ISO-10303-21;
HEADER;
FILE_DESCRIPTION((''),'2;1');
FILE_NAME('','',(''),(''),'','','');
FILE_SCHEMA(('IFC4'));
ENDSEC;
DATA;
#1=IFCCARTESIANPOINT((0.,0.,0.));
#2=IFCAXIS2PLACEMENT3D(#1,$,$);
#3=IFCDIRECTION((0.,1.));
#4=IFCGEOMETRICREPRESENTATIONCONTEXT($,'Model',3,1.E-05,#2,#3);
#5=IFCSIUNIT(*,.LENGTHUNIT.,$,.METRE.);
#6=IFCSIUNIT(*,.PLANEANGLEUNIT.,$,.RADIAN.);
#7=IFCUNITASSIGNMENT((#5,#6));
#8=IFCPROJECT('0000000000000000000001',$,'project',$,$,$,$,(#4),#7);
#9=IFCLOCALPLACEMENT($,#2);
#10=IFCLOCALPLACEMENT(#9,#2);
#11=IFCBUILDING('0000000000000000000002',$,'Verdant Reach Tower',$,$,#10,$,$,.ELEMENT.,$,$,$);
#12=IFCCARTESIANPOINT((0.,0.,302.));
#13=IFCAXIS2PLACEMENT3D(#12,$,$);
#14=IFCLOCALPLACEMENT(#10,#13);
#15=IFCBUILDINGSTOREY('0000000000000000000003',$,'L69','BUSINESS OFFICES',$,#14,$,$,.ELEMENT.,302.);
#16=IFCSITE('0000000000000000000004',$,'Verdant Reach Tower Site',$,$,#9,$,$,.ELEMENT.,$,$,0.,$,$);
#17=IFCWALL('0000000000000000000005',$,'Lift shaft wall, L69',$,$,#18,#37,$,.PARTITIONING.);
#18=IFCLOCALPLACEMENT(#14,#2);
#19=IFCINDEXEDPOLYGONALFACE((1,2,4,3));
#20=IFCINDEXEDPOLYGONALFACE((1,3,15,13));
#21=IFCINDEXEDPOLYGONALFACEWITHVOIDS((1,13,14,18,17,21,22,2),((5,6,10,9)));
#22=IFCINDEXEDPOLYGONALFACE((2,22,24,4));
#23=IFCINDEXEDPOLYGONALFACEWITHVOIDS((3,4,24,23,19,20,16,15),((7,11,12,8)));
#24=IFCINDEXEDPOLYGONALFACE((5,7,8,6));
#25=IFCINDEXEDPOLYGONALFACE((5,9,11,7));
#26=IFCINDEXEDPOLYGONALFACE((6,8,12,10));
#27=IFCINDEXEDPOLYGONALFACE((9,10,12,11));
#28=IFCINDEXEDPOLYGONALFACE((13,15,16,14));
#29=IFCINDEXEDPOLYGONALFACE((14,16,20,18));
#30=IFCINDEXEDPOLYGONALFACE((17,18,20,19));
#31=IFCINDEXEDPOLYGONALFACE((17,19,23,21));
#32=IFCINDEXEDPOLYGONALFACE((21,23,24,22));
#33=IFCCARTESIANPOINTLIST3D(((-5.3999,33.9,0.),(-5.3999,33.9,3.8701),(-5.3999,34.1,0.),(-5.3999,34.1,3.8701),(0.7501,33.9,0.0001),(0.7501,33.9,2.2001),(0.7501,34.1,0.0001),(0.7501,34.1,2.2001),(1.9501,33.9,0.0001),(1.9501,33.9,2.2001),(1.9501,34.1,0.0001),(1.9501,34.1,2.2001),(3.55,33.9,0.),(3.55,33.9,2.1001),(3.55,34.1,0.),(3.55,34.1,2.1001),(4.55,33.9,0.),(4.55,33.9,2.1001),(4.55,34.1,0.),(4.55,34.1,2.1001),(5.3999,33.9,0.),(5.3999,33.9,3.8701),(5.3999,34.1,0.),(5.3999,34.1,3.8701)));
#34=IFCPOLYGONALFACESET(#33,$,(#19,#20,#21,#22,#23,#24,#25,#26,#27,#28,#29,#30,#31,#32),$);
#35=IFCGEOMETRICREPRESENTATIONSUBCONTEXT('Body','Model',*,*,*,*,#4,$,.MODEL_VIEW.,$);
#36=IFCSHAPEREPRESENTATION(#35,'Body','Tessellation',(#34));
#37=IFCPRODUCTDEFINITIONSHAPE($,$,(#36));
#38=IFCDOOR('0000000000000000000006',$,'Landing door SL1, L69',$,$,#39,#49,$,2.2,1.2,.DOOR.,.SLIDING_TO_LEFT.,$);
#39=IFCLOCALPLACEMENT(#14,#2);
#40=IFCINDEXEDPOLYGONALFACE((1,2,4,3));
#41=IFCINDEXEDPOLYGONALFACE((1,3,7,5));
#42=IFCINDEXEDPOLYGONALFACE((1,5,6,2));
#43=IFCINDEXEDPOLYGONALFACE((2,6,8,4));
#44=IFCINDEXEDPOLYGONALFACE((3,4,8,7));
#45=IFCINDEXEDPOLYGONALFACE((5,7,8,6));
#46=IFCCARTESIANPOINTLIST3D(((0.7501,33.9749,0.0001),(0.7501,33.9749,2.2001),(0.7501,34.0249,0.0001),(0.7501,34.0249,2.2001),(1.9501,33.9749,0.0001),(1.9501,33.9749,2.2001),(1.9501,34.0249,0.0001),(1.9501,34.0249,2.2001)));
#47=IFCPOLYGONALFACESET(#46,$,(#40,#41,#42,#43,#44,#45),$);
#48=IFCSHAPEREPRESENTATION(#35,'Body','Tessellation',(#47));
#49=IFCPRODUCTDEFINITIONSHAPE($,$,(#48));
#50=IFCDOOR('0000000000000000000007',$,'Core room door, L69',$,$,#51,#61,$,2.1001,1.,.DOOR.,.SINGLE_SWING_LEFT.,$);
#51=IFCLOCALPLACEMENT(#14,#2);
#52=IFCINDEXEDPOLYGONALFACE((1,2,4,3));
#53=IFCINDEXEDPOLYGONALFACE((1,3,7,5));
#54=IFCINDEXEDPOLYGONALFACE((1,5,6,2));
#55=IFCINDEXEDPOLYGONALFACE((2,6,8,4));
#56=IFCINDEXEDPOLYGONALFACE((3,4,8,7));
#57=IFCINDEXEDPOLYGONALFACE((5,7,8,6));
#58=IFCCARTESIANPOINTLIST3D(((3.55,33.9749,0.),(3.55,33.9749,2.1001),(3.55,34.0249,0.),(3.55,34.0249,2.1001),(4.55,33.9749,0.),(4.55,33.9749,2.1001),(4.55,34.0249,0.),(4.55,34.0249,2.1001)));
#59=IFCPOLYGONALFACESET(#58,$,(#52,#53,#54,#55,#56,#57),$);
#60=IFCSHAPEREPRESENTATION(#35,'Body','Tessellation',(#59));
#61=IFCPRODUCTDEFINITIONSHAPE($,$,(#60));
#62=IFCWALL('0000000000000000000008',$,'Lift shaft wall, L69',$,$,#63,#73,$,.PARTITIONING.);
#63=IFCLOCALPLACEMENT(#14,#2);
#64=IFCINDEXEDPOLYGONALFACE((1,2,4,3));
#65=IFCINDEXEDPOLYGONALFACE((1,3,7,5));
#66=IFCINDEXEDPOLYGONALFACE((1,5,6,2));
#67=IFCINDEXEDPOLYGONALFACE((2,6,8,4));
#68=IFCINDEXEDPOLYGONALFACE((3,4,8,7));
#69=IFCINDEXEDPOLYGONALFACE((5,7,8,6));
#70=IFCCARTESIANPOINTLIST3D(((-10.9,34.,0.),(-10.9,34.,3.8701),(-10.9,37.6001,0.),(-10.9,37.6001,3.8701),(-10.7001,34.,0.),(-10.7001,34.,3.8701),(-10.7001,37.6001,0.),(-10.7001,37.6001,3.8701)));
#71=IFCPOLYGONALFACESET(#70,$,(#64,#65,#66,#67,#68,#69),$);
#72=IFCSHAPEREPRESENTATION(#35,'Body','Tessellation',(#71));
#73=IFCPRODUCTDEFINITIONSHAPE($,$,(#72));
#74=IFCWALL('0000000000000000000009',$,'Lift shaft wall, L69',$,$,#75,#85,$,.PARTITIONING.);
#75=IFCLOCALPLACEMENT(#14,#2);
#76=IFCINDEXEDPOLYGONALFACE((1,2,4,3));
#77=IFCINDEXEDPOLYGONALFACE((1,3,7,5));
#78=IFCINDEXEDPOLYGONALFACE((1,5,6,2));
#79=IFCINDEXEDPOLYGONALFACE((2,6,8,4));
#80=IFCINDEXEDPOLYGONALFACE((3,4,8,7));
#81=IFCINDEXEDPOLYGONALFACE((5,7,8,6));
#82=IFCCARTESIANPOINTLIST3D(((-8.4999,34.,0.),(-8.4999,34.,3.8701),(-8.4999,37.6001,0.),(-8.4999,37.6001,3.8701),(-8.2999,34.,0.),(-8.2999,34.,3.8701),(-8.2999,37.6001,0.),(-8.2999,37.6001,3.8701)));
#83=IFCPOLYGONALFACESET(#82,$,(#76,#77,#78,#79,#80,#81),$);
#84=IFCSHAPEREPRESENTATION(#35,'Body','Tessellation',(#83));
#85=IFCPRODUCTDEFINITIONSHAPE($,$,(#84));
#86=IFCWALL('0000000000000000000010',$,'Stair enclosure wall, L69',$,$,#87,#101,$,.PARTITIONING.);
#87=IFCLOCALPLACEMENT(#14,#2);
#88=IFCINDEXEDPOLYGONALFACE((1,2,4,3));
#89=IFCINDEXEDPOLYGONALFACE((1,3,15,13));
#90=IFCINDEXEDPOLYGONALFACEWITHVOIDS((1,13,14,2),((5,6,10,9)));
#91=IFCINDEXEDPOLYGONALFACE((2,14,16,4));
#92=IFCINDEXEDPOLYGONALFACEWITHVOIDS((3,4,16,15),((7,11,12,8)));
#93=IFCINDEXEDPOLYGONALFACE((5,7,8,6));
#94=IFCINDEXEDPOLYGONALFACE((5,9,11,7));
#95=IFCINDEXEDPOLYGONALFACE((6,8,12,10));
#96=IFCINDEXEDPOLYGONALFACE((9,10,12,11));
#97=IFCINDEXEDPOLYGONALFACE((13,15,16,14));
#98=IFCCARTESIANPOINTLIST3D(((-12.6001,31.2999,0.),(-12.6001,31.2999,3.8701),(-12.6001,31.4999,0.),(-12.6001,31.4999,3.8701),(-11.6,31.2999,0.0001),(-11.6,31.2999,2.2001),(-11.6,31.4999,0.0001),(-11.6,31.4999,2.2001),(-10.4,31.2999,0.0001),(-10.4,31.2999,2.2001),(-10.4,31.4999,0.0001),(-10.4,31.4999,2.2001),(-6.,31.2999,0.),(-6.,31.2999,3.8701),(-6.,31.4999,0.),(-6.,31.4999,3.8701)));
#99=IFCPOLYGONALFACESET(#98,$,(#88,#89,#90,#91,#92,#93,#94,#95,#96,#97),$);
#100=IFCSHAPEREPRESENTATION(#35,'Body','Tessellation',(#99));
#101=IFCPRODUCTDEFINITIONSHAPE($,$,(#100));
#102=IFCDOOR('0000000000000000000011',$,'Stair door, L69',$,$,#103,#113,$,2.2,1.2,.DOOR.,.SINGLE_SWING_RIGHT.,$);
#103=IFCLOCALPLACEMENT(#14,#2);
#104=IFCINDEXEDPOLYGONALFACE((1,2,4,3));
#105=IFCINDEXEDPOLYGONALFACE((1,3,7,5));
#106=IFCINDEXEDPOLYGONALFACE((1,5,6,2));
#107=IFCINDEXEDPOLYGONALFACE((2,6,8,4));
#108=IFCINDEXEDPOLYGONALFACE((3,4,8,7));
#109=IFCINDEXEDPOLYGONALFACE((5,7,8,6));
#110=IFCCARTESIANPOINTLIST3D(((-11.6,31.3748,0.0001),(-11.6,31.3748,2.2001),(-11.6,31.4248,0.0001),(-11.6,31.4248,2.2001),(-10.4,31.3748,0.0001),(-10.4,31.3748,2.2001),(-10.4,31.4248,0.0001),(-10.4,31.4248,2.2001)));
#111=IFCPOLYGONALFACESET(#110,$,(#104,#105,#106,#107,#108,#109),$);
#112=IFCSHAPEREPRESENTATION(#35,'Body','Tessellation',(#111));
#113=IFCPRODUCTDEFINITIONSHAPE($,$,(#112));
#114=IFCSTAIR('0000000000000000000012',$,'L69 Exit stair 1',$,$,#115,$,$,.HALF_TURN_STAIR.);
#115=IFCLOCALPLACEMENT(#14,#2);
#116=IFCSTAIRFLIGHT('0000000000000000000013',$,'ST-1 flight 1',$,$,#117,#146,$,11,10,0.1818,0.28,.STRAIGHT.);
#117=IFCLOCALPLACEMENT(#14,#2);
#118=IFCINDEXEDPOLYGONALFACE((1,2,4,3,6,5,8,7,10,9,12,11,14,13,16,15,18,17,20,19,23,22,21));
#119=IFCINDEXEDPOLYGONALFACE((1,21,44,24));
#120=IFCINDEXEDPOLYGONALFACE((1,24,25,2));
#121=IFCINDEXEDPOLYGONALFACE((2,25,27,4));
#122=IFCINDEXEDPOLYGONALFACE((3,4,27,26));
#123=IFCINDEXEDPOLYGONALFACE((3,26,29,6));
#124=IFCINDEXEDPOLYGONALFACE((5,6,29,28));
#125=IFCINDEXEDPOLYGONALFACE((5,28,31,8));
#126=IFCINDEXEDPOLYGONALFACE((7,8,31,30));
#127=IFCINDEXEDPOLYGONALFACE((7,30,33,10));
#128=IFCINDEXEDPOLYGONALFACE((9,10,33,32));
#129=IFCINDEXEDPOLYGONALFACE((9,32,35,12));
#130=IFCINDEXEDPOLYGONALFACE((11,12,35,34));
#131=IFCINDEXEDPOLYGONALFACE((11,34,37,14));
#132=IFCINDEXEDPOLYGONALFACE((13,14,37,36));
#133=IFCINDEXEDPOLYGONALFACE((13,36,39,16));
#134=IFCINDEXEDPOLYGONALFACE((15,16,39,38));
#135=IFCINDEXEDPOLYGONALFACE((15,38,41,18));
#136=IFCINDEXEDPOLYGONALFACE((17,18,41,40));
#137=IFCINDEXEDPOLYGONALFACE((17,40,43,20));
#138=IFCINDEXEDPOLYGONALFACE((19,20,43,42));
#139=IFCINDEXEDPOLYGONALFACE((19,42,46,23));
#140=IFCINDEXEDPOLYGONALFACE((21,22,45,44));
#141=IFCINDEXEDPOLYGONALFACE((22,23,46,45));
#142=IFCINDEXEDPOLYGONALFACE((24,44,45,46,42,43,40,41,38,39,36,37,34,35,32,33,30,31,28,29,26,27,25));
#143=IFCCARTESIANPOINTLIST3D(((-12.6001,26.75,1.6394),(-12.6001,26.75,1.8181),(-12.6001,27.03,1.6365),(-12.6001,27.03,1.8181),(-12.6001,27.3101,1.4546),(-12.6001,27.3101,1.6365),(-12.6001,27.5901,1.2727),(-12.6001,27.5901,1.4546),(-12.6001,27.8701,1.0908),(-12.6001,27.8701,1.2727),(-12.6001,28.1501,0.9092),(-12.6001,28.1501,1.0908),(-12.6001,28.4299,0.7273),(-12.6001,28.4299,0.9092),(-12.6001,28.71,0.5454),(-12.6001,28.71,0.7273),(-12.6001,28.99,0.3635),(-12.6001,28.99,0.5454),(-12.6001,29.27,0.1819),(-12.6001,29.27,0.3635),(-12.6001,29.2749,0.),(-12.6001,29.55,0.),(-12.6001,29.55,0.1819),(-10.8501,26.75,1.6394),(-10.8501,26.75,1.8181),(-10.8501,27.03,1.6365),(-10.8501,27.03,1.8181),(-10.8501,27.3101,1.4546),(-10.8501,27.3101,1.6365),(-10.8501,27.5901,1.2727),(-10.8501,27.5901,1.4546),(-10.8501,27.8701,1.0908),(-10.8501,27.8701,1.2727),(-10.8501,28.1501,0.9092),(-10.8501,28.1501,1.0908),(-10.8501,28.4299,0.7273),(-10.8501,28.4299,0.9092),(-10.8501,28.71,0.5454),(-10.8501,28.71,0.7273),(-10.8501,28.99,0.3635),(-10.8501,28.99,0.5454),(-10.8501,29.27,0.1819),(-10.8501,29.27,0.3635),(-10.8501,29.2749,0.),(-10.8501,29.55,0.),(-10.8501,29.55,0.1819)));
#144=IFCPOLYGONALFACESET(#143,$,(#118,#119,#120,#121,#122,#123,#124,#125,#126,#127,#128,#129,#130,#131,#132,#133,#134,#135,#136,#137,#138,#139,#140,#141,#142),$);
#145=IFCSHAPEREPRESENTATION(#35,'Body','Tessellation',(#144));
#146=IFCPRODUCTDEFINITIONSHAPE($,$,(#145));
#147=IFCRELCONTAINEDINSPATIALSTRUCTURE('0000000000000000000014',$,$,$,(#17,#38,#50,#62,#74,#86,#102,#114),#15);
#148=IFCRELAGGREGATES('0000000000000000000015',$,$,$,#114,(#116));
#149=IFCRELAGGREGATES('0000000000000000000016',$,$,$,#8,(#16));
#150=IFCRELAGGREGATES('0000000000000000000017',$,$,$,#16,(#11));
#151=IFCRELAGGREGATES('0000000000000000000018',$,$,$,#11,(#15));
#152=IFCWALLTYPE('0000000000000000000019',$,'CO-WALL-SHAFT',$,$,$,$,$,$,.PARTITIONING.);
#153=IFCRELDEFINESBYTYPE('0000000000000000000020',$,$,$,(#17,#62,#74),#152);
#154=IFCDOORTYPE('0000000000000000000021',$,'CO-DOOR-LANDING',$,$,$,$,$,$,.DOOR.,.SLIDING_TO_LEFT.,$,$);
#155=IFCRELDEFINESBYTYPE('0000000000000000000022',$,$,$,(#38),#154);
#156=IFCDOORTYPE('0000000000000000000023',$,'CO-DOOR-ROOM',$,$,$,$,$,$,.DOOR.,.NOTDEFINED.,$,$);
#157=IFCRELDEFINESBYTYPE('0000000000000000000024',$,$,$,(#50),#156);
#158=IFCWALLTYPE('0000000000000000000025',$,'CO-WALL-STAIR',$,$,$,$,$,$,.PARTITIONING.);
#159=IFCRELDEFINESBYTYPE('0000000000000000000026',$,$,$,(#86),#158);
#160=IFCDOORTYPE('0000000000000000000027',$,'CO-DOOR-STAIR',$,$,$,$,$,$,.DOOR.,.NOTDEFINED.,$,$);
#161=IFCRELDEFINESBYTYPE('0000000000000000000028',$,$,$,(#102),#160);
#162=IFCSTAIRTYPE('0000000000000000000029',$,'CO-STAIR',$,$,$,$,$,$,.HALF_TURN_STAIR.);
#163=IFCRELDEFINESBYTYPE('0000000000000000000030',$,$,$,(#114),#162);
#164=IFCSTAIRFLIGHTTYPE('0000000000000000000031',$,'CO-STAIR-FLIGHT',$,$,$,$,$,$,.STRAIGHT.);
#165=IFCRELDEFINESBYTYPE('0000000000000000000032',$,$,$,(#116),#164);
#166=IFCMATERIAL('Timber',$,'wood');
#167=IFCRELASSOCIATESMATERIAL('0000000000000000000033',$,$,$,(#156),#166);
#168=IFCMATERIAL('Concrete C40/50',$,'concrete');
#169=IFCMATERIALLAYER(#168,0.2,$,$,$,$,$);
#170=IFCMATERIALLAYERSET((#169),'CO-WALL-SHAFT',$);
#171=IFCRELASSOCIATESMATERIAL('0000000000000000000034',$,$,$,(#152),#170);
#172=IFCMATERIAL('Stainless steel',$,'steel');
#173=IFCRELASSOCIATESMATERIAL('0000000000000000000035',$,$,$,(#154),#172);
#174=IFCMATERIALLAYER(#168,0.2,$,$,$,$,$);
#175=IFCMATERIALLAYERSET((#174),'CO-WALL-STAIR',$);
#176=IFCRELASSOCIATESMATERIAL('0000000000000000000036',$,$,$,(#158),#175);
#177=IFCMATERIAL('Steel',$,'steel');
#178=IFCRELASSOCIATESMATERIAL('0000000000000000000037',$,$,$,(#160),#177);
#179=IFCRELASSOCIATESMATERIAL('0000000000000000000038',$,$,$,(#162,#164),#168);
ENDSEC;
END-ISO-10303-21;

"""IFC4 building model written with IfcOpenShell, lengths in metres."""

from ifc_helpers import new_model, si_unit, direction, frame, frame_2d, origin, place, context, subcontext, project, spatial, polyline, rectangle, outline, extrude, material, layer, layer_set, type_object, element, fill, aggregate, save


model = new_model("IFC4")

# Units and contexts
model_context = context("Model", 3, precision=1e-05, world=origin(), true_north=direction((0.0, 1.0)))
body_context = subcontext(model_context, "Body", "Model", "MODEL_VIEW")
ifc_project = project(units=[si_unit("LENGTHUNIT", "METRE"), si_unit("PLANEANGLEUNIT", "RADIAN")], contexts=[model_context])

# Site, building, storey
site_placement = place(None, origin())
site = spatial("IfcSite", under=ifc_project, at=site_placement, Name="Verdant Reach Tower Site", CompositionType="ELEMENT", RefElevation=0.0)
building_placement = place(site_placement, origin())
building = spatial("IfcBuilding", under=site, at=building_placement, Name="Verdant Reach Tower", CompositionType="ELEMENT")
storey_placement = place(building_placement, frame((0.0, 0.0, 302.0)))
storey = spatial("IfcBuildingStorey", under=building, at=storey_placement, Name="L69", Description="BUSINESS OFFICES", CompositionType="ELEMENT", Elevation=302.0)

# Wall, openings, doors
ifc_material_1 = material(Name="Timber", Category="wood")
door_type_1 = type_object("IfcDoorType", Name="CO-DOOR-ROOM", OperationType="NOTDEFINED", PredefinedType="DOOR", material=ifc_material_1)
ifc_material_2 = material(Name="Concrete C40/50", Category="concrete")
ifc_layer_1 = layer(ifc_material_2, 0.2)
ifc_layer_set_1 = layer_set([ifc_layer_1], Name="CO-WALL-SHAFT")
wall_type_1 = type_object("IfcWallType", Name="CO-WALL-SHAFT", PredefinedType="PARTITIONING", material=ifc_layer_set_1)
ifc_material_3 = material(Name="Stainless steel", Category="steel")
ifc_material_4 = material(Name="Steel", Category="steel")
wall_1_placement = place(storey_placement, frame((-5.3999, 34.0, 0.0), z_axis=(0.0, 0.0, 1.0), x_axis=(1.0, 0.0, 0.0)))
wall_1 = element("IfcWall", 1, at=wall_1_placement, inside=storey, type_object=wall_type_1, Name="Lift shaft wall, L69", PredefinedType="PARTITIONING", context=body_context, shape_type="SweptSolid", body=[
    extrude(rectangle(XDim=10.7998, YDim=0.2, at=frame_2d((5.3999, 0.0))), origin(), (0.0, 0.0, 1.0), 3.8701),
])
opening_1_placement = place(wall_1_placement, frame((6.1499, 0.0, 0.0)))
opening_1 = element("IfcOpeningElement", 2, at=opening_1_placement, cuts=wall_1, PredefinedType="OPENING", context=body_context, shape_type="SweptSolid", body=[
    extrude(rectangle(XDim=1.2, YDim=2.2, at=frame_2d((0.6001, 1.1001))), frame((0.0, 0.1099, 0.0), z_axis=(0.0, -1.0, 0.0), x_axis=(1.0, 0.0, 0.0)), (0.0, 0.0, 1.0), 0.22),
])
opening_2_placement = place(wall_1_placement, frame((8.95, 0.0, 0.0)))
opening_2 = element("IfcOpeningElement", 3, at=opening_2_placement, cuts=wall_1, PredefinedType="OPENING", context=body_context, shape_type="SweptSolid", body=[
    extrude(rectangle(XDim=1.0, YDim=2.1001, at=frame_2d((0.5, 1.05))), frame((0.0, 0.1099, 0.0), z_axis=(0.0, -1.0, 0.0), x_axis=(1.0, 0.0, 0.0)), (0.0, 0.0, 1.0), 0.22),
])
door_type_2 = type_object("IfcDoorType", Name="CO-DOOR-LANDING", OperationType="SLIDING_TO_LEFT", PredefinedType="DOOR", material=ifc_material_3)
door_1_placement = place(opening_1_placement, origin())
door_1 = element("IfcDoor", 4, at=door_1_placement, inside=storey, type_object=door_type_2, Name="Landing door SL1, L69", OperationType="SLIDING_TO_LEFT", OverallHeight=2.2, OverallWidth=1.2, PredefinedType="DOOR", context=body_context, shape_type="SweptSolid", body=[
    extrude(rectangle(XDim=1.2, YDim=2.2, at=frame_2d((0.6001, 1.1001))), frame((0.0, 0.0249, 0.0), z_axis=(0.0, -1.0, 0.0), x_axis=(1.0, 0.0, 0.0)), (0.0, 0.0, 1.0), 0.05),
])
fill(opening_1, door_1)
door_2_placement = place(opening_2_placement, origin())
door_2 = element("IfcDoor", 5, at=door_2_placement, inside=storey, type_object=door_type_1, Name="Core room door, L69", OperationType="SINGLE_SWING_LEFT", OverallHeight=2.1001, OverallWidth=1.0, PredefinedType="DOOR", context=body_context, shape_type="SweptSolid", body=[
    extrude(rectangle(XDim=1.0, YDim=2.1001, at=frame_2d((0.5, 1.05))), frame((0.0, 0.0249, 0.0), z_axis=(0.0, -1.0, 0.0), x_axis=(1.0, 0.0, 0.0)), (0.0, 0.0, 1.0), 0.05),
])
fill(opening_2, door_2)

# Walls
for number, where, z_axis, x_axis, name in (
    (6, (-10.8, 34.0, 0.0), (0.0, 0.0, 1.0), (0.0, 1.0, 0.0), "Lift shaft wall, L69"),
    (7, (-8.3999, 34.0, 0.0), (0.0, 0.0, 1.0), (0.0, 1.0, 0.0), "Lift shaft wall, L69"),
):
    element("IfcWall", number, at=place(storey_placement, frame(where, z_axis=z_axis, x_axis=x_axis)), inside=storey, type_object=wall_type_1, Name=name, PredefinedType="PARTITIONING", context=body_context, shape_type="SweptSolid", body=[
        extrude(rectangle(XDim=3.6001, YDim=0.2, at=frame_2d((1.8, 0.0))), origin(), (0.0, 0.0, 1.0), 3.8701),
    ])

# Wall, opening, door
ifc_layer_2 = layer(ifc_material_2, 0.2)
ifc_layer_set_2 = layer_set([ifc_layer_2], Name="CO-WALL-STAIR")
wall_type_2 = type_object("IfcWallType", Name="CO-WALL-STAIR", PredefinedType="PARTITIONING", material=ifc_layer_set_2)
wall_2_placement = place(storey_placement, frame((-12.6001, 31.3999, 0.0), z_axis=(0.0, 0.0, 1.0), x_axis=(1.0, 0.0, 0.0)))
wall_2 = element("IfcWall", 8, at=wall_2_placement, inside=storey, type_object=wall_type_2, Name="Stair enclosure wall, L69", PredefinedType="PARTITIONING", context=body_context, shape_type="SweptSolid", body=[
    extrude(rectangle(XDim=6.6001, YDim=0.2, at=frame_2d((3.3, 0.0))), origin(), (0.0, 0.0, 1.0), 3.8701),
])
opening_3_placement = place(wall_2_placement, frame((1.0, 0.0, 0.0)))
opening_3 = element("IfcOpeningElement", 9, at=opening_3_placement, cuts=wall_2, PredefinedType="OPENING", context=body_context, shape_type="SweptSolid", body=[
    extrude(rectangle(XDim=1.2, YDim=2.2, at=frame_2d((0.6001, 1.1001))), frame((0.0, 0.1099, 0.0), z_axis=(0.0, -1.0, 0.0), x_axis=(1.0, 0.0, 0.0)), (0.0, 0.0, 1.0), 0.22),
])
door_type_3 = type_object("IfcDoorType", Name="CO-DOOR-STAIR", OperationType="NOTDEFINED", PredefinedType="DOOR", material=ifc_material_4)
door_3_placement = place(opening_3_placement, origin())
door_3 = element("IfcDoor", 10, at=door_3_placement, inside=storey, type_object=door_type_3, Name="Stair door, L69", OperationType="SINGLE_SWING_RIGHT", OverallHeight=2.2, OverallWidth=1.2, PredefinedType="DOOR", context=body_context, shape_type="SweptSolid", body=[
    extrude(rectangle(XDim=1.2, YDim=2.2, at=frame_2d((0.6001, 1.1001))), frame((0.0, 0.0249, 0.0), z_axis=(0.0, -1.0, 0.0), x_axis=(1.0, 0.0, 0.0)), (0.0, 0.0, 1.0), 0.05),
])
fill(opening_3, door_3)

# Stair, stair flight
stair_type = type_object("IfcStairType", Name="CO-STAIR", PredefinedType="HALF_TURN_STAIR", material=ifc_material_2)
stair_placement = place(storey_placement, origin())
stair = element("IfcStair", 11, at=stair_placement, inside=storey, type_object=stair_type, Name="L69 Exit stair 1", PredefinedType="HALF_TURN_STAIR")
stair_flight_type = type_object("IfcStairFlightType", Name="CO-STAIR-FLIGHT", PredefinedType="STRAIGHT", material=ifc_material_2)
stair_flight_placement = place(storey_placement, frame((-11.7251, 29.55, 0.0), z_axis=(0.0, 0.0, 1.0), x_axis=(0.0, -1.0, 0.0)))
stair_flight = element("IfcStairFlight", 12, at=stair_flight_placement, type_object=stair_flight_type, Name="ST-1 flight 1", NumberOfRisers=11, NumberOfTreads=10, PredefinedType="STRAIGHT", RiserHeight=0.1818, TreadLength=0.28, context=body_context, shape_type="SweptSolid", body=[
    extrude(outline(polyline([(0.0, 0.0), (0.0, 0.1819), (0.28, 0.1819), (0.28, 0.3635), (0.5601, 0.3635), (0.5601, 0.5454), (0.8401, 0.5454), (0.8401, 0.7273), (1.1201, 0.7273), (1.1201, 0.9092), (1.3999, 0.9092), (1.3999, 1.0908), (1.6799, 1.0908), (1.6799, 1.2727), (1.96, 1.2727), (1.96, 1.4546), (2.24, 1.4546), (2.24, 1.6365), (2.52, 1.6365), (2.52, 1.8181), (2.8, 1.8181), (2.8, 2.0), (2.8, 1.6394), (0.2751, 0.0), (0.0, 0.0)])), frame((0.0, 0.875, 0.0), z_axis=(0.0, -1.0, 0.0), x_axis=(1.0, 0.0, 0.0)), (0.0, 0.0, 1.0), 1.75),
])
aggregate(stair, [stair_flight])

save(model, "model.ifc")
